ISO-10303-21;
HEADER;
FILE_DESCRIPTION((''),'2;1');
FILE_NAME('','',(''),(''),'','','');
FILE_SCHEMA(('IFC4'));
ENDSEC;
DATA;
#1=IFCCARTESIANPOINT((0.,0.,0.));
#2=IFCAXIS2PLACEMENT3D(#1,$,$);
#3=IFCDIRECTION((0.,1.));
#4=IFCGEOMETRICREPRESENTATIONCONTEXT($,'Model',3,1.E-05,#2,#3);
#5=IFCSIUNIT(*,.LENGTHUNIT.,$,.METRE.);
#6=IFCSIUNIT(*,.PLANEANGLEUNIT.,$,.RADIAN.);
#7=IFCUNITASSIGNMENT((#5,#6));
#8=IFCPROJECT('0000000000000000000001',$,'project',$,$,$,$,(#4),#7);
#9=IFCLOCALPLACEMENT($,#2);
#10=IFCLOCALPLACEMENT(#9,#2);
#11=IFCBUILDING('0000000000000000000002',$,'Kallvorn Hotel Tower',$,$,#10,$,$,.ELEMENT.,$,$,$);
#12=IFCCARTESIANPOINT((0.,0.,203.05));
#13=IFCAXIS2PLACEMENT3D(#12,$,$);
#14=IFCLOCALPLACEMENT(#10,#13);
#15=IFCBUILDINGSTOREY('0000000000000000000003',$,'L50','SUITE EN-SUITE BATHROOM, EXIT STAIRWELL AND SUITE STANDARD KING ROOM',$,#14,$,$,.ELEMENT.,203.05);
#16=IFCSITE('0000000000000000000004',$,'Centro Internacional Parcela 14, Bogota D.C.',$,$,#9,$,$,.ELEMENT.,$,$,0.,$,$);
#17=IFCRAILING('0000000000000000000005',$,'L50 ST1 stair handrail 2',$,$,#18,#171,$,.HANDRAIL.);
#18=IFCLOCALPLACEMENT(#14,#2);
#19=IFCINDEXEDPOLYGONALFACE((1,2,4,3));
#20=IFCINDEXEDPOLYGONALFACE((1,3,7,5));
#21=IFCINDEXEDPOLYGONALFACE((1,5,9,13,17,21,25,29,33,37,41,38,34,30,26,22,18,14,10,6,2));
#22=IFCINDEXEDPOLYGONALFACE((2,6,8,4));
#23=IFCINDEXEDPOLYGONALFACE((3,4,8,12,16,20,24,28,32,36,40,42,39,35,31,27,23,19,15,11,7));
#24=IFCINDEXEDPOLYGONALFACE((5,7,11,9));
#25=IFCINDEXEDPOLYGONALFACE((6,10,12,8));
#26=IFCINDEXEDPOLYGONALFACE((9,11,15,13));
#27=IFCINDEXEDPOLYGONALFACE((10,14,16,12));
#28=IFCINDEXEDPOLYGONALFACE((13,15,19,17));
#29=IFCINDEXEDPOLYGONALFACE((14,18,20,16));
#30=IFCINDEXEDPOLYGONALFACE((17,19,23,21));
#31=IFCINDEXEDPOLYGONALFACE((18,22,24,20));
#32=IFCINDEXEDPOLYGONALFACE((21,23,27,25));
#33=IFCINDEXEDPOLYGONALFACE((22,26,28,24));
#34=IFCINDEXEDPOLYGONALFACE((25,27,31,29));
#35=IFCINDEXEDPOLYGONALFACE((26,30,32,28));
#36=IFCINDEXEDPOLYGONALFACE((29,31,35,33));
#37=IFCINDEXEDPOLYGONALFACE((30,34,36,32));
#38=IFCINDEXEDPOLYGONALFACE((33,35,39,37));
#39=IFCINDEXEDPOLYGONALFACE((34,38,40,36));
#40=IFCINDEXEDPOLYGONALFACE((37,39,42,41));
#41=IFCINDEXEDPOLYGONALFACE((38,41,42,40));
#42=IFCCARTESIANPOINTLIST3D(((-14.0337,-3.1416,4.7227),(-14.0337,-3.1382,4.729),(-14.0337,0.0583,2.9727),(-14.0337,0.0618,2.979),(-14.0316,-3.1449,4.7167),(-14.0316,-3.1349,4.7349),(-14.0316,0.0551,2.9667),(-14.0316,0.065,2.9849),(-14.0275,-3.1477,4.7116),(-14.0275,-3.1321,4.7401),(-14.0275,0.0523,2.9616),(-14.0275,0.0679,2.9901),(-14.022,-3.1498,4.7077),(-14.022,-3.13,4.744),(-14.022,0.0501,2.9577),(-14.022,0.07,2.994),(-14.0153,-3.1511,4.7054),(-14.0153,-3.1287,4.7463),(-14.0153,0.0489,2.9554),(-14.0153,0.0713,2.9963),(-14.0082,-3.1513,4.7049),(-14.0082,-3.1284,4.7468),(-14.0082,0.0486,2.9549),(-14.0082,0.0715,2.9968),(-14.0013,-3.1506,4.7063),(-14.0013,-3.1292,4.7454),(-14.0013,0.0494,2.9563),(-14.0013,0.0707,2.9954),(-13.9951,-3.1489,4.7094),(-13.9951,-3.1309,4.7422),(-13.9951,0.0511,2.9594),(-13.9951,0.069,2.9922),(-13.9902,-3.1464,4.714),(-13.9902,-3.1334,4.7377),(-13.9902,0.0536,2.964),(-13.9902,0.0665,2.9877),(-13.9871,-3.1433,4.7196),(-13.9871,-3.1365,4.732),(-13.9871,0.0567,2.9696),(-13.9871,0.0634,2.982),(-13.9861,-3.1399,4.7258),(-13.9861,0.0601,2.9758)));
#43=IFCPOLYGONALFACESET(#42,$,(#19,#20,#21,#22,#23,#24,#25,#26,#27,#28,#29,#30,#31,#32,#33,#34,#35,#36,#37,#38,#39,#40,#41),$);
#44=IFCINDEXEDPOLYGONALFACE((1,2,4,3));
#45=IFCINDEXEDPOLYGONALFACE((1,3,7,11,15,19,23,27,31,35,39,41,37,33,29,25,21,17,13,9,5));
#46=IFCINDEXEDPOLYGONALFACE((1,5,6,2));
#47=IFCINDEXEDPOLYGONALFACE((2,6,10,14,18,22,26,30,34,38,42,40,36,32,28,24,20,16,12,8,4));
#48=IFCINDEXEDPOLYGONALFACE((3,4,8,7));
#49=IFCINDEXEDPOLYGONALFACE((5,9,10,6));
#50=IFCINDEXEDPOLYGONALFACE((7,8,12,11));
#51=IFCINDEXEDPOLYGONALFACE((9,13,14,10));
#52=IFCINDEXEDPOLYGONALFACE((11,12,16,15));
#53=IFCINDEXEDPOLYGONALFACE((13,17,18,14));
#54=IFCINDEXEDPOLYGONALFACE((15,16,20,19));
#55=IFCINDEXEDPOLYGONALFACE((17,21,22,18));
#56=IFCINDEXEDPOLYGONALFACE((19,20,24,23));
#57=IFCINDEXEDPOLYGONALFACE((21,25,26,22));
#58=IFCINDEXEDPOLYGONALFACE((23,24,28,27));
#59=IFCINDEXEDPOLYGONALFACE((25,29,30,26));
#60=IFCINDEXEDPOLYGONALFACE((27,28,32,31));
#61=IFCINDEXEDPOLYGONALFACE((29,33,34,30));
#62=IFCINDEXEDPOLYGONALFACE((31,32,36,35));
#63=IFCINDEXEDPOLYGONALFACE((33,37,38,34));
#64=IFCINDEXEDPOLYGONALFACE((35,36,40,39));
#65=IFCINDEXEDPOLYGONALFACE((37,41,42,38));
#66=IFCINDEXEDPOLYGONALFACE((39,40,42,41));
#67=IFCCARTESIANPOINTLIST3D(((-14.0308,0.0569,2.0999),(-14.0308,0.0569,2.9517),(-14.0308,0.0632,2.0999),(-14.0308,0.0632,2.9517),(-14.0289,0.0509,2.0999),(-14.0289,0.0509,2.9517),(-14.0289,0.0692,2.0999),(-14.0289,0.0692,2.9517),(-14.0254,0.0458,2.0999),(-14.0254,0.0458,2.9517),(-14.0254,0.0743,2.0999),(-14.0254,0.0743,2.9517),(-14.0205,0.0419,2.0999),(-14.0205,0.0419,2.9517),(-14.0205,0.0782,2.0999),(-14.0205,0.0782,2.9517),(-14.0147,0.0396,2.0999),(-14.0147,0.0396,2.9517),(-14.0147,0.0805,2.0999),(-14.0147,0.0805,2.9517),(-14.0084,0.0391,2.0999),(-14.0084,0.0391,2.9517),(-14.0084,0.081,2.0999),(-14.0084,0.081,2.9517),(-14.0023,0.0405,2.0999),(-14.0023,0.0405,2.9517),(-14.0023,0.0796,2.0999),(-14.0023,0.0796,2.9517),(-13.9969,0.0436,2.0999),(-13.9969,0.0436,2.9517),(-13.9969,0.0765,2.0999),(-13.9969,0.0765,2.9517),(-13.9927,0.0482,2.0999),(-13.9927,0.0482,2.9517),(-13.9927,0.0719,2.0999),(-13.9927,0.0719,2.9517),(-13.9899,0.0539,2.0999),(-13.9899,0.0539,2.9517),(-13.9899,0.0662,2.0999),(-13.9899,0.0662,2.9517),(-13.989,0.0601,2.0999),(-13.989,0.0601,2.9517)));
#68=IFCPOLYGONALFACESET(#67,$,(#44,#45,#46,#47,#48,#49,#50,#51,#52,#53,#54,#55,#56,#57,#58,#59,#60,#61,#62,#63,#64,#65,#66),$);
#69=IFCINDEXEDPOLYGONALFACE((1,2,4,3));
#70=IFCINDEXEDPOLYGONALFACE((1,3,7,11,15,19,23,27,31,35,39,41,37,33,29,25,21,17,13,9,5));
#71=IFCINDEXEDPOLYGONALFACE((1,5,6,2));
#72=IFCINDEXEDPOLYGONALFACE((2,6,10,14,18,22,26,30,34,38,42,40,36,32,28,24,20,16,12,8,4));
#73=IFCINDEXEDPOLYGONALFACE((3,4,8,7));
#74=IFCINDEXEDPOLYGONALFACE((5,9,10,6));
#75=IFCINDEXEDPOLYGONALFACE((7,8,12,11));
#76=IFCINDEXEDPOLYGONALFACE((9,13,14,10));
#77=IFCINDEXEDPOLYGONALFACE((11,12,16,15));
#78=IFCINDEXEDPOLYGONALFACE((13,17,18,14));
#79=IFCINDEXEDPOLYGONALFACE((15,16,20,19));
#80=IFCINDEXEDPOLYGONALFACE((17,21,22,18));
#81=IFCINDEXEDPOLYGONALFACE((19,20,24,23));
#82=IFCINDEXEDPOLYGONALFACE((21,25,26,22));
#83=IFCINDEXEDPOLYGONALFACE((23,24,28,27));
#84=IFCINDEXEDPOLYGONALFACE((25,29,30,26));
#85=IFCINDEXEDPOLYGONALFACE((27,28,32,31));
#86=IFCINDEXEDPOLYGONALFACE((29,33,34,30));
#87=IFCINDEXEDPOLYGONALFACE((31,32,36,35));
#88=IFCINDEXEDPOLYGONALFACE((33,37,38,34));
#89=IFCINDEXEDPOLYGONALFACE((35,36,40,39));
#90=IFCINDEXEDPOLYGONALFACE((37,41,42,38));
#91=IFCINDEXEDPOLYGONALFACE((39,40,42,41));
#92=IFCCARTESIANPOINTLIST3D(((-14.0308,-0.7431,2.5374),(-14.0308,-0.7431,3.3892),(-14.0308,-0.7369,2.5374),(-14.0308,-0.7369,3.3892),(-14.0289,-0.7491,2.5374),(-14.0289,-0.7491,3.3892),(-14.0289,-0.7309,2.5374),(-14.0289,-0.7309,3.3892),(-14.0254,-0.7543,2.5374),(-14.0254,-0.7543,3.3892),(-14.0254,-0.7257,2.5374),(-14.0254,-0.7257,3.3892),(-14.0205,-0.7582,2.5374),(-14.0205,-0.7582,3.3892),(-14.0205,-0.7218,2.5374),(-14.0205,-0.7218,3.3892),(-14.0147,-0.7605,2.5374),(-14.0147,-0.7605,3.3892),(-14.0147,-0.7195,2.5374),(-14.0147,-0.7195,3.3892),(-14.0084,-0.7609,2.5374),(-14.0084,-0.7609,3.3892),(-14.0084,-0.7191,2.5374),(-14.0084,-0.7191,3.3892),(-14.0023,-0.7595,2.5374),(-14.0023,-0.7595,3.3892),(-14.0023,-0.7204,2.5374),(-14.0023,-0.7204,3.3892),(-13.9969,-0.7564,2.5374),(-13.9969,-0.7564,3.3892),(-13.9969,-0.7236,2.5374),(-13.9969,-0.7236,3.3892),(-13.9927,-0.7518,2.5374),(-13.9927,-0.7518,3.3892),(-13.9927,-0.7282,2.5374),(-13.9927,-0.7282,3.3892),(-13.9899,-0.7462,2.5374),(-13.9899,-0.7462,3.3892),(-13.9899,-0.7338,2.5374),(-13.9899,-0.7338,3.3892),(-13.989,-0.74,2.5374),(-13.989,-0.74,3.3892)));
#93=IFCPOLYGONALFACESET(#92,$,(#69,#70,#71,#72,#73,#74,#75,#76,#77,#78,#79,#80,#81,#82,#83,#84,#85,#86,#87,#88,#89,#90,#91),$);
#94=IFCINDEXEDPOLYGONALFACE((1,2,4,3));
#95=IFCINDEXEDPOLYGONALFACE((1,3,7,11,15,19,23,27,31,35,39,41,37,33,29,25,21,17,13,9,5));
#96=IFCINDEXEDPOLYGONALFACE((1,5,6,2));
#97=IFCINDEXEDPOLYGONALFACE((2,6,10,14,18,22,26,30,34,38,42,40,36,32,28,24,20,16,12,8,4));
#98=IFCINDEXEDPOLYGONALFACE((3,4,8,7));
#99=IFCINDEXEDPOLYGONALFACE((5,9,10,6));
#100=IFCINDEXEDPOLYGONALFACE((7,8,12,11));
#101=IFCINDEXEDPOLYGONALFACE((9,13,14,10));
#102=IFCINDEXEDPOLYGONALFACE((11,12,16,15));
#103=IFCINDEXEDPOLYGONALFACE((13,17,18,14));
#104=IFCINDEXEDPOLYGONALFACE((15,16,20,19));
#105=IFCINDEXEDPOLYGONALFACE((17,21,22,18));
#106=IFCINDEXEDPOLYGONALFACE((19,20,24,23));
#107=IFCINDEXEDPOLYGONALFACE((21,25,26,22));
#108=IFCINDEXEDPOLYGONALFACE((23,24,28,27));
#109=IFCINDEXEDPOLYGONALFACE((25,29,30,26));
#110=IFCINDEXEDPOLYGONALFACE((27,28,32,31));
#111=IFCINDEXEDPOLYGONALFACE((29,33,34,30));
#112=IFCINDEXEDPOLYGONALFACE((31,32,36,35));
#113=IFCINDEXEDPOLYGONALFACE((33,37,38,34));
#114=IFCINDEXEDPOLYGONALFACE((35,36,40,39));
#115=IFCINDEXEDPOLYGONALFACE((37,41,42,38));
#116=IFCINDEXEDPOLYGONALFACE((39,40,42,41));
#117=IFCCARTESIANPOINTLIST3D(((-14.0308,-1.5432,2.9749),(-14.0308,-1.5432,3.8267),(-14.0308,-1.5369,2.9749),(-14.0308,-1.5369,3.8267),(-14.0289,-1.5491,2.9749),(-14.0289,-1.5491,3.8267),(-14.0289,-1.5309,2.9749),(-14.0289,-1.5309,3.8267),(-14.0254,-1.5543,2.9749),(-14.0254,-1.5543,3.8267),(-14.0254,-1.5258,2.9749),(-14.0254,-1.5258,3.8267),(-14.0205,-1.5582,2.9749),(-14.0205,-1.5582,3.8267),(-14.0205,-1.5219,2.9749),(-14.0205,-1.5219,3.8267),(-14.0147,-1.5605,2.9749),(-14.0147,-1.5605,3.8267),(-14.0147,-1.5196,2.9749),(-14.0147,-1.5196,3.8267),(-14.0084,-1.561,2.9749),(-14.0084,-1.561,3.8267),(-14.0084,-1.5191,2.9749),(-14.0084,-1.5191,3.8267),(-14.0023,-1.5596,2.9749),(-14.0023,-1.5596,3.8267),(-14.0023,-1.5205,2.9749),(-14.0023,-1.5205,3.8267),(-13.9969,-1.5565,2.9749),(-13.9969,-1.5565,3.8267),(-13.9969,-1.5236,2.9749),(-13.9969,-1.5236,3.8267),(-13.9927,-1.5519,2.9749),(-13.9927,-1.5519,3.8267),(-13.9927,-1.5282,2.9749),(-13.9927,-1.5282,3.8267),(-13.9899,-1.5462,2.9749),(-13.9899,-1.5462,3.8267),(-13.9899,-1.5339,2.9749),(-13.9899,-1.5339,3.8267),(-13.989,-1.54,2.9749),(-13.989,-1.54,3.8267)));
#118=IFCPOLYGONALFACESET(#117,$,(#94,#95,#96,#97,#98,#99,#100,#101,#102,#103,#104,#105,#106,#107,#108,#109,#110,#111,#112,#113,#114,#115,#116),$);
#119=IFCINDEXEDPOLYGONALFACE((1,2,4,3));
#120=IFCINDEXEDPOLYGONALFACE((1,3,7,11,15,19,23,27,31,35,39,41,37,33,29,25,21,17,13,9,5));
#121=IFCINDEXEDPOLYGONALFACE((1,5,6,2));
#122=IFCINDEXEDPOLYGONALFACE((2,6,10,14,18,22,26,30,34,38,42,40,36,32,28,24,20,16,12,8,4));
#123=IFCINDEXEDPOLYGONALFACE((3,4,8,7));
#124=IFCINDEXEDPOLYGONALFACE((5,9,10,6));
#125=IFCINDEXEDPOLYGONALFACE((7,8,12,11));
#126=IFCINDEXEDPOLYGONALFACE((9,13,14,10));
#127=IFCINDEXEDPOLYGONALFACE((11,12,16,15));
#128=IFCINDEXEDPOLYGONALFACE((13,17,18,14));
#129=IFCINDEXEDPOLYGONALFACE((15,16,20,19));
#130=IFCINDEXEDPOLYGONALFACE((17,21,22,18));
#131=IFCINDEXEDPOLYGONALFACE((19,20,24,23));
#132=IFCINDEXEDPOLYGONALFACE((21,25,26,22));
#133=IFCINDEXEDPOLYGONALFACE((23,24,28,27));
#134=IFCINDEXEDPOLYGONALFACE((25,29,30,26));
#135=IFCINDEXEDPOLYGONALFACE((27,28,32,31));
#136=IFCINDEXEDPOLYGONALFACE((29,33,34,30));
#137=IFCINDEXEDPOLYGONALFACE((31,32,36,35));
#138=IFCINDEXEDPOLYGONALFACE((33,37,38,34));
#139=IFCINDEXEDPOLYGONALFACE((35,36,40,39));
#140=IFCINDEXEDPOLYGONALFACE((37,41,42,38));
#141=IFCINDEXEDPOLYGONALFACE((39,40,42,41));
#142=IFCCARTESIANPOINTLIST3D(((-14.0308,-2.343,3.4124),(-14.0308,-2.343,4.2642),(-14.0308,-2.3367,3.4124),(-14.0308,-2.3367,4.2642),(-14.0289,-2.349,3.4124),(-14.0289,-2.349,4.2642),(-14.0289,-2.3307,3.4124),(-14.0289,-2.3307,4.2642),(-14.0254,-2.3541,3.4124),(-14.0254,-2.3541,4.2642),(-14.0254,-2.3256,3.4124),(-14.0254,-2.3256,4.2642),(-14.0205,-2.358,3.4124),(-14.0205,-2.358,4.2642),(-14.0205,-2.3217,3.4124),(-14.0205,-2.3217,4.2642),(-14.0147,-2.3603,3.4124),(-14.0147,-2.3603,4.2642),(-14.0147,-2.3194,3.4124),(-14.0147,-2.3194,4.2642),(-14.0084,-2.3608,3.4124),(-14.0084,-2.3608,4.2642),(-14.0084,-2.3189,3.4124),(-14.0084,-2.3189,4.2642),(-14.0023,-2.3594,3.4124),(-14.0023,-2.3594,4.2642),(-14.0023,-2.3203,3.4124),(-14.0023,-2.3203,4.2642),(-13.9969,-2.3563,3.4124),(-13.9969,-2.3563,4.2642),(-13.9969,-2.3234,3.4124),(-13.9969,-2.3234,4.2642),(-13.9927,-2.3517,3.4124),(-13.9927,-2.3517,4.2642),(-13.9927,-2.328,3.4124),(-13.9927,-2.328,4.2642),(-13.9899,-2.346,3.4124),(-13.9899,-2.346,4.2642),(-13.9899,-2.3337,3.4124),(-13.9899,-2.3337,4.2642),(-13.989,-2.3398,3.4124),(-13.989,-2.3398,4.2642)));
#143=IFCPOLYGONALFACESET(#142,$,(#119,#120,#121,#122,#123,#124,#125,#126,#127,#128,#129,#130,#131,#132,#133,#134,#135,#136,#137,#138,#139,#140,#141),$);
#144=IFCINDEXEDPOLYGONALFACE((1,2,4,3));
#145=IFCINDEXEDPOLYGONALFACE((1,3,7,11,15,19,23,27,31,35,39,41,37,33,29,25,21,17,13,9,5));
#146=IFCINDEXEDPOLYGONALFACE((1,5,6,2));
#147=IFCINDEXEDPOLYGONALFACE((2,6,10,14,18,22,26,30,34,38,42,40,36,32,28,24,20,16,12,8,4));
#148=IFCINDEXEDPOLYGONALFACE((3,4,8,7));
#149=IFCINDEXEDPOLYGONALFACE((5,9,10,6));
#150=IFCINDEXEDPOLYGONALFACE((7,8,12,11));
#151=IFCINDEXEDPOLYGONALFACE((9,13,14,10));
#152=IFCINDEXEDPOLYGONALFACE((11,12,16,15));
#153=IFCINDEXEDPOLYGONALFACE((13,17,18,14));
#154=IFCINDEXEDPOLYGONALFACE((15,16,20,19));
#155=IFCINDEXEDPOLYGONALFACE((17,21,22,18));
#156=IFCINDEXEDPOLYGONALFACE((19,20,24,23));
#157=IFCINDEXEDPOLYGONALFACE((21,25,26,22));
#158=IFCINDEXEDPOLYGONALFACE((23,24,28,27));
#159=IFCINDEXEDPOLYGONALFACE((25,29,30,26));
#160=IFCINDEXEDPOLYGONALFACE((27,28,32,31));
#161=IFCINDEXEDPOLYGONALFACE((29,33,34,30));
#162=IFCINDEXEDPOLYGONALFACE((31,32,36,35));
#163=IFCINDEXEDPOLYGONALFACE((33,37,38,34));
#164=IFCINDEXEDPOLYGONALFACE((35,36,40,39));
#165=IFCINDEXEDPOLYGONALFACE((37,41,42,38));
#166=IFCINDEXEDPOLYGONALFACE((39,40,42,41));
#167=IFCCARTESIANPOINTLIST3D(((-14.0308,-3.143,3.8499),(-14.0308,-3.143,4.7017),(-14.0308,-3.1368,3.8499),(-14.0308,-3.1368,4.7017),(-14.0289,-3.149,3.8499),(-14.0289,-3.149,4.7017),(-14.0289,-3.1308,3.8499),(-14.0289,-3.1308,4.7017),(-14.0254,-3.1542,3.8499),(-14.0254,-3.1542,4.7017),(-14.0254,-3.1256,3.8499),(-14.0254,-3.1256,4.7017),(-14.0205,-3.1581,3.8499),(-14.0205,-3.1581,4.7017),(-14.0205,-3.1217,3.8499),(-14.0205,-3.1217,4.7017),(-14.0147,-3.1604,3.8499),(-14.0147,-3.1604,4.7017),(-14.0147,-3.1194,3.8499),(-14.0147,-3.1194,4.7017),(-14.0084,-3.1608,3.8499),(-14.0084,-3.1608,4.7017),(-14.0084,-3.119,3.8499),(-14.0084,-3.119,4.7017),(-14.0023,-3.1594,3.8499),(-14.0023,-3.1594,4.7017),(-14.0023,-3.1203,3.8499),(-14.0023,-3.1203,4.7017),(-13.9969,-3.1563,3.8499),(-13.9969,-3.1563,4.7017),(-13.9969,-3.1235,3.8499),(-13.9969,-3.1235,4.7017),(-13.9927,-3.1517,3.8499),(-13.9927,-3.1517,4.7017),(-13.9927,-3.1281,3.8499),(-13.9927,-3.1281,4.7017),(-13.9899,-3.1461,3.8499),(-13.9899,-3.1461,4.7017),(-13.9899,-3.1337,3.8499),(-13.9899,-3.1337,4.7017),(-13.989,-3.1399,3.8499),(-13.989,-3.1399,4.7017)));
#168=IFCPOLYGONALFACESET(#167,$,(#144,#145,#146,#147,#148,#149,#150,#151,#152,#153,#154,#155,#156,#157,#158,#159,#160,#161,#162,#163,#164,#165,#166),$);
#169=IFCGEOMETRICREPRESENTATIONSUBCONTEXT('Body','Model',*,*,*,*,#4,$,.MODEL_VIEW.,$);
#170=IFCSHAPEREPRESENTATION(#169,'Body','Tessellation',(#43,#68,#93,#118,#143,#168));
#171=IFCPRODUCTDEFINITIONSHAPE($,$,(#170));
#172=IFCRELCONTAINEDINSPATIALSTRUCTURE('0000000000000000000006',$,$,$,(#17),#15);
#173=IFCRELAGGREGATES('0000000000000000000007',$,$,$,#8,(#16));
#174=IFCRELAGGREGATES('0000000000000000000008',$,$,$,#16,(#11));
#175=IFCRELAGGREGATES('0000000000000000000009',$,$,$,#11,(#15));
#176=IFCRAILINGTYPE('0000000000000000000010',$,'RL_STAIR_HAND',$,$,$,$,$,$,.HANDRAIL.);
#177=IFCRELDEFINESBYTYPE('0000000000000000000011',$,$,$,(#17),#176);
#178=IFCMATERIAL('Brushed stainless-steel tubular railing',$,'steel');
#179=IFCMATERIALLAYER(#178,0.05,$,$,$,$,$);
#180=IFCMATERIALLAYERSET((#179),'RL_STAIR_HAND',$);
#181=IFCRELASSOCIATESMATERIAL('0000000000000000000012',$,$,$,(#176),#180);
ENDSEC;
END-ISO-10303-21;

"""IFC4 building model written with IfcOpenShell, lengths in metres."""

from ifc_helpers import new_model, si_unit, direction, frame, origin, origin_2d, place, context, subcontext, project, spatial, circle, extrude, material, layer, layer_set, type_object, element, save


model = new_model("IFC4")

# Units and contexts
model_context = context("Model", 3, precision=1e-05, world=origin(), true_north=direction((0.0, 1.0)))
body_context = subcontext(model_context, "Body", "Model", "MODEL_VIEW")
ifc_project = project(units=[si_unit("LENGTHUNIT", "METRE"), si_unit("PLANEANGLEUNIT", "RADIAN")], contexts=[model_context])

# Site, building, storey
site_placement = place(None, origin())
site = spatial("IfcSite", under=ifc_project, at=site_placement, Name="Centro Internacional Parcela 14, Bogota D.C.", CompositionType="ELEMENT", RefElevation=0.0)
building_placement = place(site_placement, origin())
building = spatial("IfcBuilding", under=site, at=building_placement, Name="Kallvorn Hotel Tower", CompositionType="ELEMENT")
storey_placement = place(building_placement, frame((0.0, 0.0, 203.05)))
storey = spatial("IfcBuildingStorey", under=building, at=storey_placement, Name="L50", Description="SUITE EN-SUITE BATHROOM, EXIT STAIRWELL AND SUITE STANDARD KING ROOM", CompositionType="ELEMENT", Elevation=203.05)

# Railing
ifc_material_1 = material(Name="Brushed stainless-steel tubular railing", Category="steel")
ifc_layer_1 = layer(ifc_material_1, 0.05)
ifc_layer_set_1 = layer_set([ifc_layer_1], Name="RL_STAIR_HAND")
railing_type_1 = type_object("IfcRailingType", Name="RL_STAIR_HAND", PredefinedType="HANDRAIL", material=ifc_layer_set_1)
railing_1_placement = place(storey_placement, frame((-14.01, 0.0601, 2.0999)))
element("IfcRailing", 1, at=railing_1_placement, inside=storey, type_object=railing_type_1, Name="L50 ST1 stair handrail 2", PredefinedType="HANDRAIL", context=body_context, shape_type="SweptSolid", body=[
    extrude(circle(Radius=0.0239, at=origin_2d()), frame((0.0, 0.0, 0.876), z_axis=(0.0, -0.877368, 0.479818), x_axis=(1.0, 0.0, 0.0)), (0.0, 0.0, 1.0), 3.6472),
    extrude(circle(Radius=0.021, at=origin_2d()), origin(), (0.0, 0.0, 1.0), 0.8518),
    extrude(circle(Radius=0.021, at=origin_2d()), frame((0.0, -0.8, 0.4375)), (0.0, 0.0, 1.0), 0.8518),
    extrude(circle(Radius=0.021, at=origin_2d()), frame((0.0, -1.6001, 0.875)), (0.0, 0.0, 1.0), 0.8518),
    extrude(circle(Radius=0.021, at=origin_2d()), frame((0.0, -2.3999, 1.3125)), (0.0, 0.0, 1.0), 0.8518),
    extrude(circle(Radius=0.021, at=origin_2d()), frame((0.0, -3.2, 1.75)), (0.0, 0.0, 1.0), 0.8518),
])

save(model, "model.ifc")
